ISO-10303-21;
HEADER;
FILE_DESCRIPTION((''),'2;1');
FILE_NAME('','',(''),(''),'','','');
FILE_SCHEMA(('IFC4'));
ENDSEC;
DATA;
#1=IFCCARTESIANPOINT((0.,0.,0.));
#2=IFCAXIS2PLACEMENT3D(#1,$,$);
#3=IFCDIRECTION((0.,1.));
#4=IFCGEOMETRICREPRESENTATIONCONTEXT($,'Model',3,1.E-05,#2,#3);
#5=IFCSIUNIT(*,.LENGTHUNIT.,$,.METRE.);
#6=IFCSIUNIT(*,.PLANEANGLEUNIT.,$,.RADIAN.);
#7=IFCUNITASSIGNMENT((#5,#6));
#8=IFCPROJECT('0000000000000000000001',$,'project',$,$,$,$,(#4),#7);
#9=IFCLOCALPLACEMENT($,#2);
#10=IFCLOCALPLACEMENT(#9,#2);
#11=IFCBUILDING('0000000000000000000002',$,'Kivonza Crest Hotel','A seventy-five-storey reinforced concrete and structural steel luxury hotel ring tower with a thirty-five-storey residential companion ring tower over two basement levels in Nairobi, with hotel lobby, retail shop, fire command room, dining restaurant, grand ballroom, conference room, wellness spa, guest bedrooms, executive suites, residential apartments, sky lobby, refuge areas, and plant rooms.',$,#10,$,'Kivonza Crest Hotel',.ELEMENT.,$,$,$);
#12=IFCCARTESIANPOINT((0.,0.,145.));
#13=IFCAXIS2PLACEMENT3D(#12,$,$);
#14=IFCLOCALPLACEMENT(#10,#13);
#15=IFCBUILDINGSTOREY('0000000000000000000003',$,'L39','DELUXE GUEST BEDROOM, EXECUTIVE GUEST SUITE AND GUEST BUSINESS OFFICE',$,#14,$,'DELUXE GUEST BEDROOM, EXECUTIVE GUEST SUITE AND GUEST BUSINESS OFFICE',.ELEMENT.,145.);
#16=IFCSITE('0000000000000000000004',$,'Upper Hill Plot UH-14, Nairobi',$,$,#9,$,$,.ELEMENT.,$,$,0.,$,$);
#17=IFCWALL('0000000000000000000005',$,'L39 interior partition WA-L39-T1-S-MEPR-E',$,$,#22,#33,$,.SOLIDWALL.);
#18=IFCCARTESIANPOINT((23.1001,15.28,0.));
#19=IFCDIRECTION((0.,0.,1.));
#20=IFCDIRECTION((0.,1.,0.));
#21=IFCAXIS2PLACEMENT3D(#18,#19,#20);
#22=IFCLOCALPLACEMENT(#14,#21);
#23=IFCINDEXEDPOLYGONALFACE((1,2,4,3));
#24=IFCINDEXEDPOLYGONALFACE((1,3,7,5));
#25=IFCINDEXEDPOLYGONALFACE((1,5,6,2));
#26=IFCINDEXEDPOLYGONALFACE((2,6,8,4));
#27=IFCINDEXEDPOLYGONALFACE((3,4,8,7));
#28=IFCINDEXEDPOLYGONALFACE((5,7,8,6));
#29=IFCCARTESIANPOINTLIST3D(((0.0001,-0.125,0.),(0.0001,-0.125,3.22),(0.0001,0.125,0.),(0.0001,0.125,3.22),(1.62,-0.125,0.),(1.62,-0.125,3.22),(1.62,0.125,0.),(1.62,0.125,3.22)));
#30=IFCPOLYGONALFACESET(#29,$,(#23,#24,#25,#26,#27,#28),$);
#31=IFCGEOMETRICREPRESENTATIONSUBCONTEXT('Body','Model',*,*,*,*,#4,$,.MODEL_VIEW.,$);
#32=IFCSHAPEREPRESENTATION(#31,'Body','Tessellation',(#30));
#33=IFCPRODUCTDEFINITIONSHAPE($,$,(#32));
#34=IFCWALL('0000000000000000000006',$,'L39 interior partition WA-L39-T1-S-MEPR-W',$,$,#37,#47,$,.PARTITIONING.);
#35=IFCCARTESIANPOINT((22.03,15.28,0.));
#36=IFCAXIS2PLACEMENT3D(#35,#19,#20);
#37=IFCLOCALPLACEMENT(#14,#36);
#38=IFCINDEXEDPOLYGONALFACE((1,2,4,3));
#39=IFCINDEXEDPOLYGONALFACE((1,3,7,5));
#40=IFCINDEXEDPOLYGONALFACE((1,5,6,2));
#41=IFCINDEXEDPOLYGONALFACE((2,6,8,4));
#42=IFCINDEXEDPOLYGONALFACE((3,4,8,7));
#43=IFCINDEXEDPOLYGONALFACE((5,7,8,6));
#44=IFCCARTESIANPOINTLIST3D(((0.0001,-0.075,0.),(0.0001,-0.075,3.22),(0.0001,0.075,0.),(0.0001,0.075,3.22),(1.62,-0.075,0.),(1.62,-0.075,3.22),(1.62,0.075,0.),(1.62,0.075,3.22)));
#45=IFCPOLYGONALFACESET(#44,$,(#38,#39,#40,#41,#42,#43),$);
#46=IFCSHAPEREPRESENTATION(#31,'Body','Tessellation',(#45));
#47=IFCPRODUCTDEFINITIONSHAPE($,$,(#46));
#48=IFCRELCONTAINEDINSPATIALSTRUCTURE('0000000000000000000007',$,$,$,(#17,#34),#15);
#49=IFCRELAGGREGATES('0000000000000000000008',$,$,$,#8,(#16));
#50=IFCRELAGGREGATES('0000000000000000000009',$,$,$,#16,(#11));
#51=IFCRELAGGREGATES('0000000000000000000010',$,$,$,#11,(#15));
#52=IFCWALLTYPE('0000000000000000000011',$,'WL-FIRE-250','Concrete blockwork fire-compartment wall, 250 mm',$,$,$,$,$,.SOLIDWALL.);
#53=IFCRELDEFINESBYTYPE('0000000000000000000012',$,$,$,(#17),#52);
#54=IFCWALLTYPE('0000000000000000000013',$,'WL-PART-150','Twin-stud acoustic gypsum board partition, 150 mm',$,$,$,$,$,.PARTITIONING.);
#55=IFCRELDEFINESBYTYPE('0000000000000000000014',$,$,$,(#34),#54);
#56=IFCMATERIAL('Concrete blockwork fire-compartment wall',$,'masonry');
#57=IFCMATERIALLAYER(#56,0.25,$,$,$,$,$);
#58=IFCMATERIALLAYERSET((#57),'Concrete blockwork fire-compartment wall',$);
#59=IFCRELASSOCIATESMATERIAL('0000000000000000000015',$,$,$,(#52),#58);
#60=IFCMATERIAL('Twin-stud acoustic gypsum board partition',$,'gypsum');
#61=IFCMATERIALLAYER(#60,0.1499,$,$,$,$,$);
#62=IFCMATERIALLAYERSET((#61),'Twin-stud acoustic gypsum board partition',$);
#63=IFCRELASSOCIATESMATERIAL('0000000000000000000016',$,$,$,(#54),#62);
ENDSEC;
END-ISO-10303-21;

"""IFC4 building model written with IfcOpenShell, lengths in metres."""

from ifc_helpers import new_model, si_unit, direction, frame, frame_2d, origin, place, context, subcontext, project, spatial, rectangle, extrude, material, layer, layer_set, type_object, element, save


model = new_model("IFC4")

# Units and contexts
model_context = context("Model", 3, precision=1e-05, world=origin(), true_north=direction((0.0, 1.0)))
body_context = subcontext(model_context, "Body", "Model", "MODEL_VIEW")
ifc_project = project(units=[si_unit("LENGTHUNIT", "METRE"), si_unit("PLANEANGLEUNIT", "RADIAN")], contexts=[model_context])

# Site, building, storey
site_placement = place(None, origin())
site = spatial("IfcSite", under=ifc_project, at=site_placement, Name="Upper Hill Plot UH-14, Nairobi", CompositionType="ELEMENT", RefElevation=0.0)
building_placement = place(site_placement, origin())
building = spatial("IfcBuilding", under=site, at=building_placement, Name="Kivonza Crest Hotel", Description="A seventy-five-storey reinforced concrete and structural steel luxury hotel ring tower with a thirty-five-storey residential companion ring tower over two basement levels in Nairobi, with hotel lobby, retail shop, fire command room, dining restaurant, grand ballroom, conference room, wellness spa, guest bedrooms, executive suites, residential apartments, sky lobby, refuge areas, and plant rooms.", LongName="Kivonza Crest Hotel", CompositionType="ELEMENT")
storey_placement = place(building_placement, frame((0.0, 0.0, 145.0)))
storey = spatial("IfcBuildingStorey", under=building, at=storey_placement, Name="L39", Description="DELUXE GUEST BEDROOM, EXECUTIVE GUEST SUITE AND GUEST BUSINESS OFFICE", LongName="DELUXE GUEST BEDROOM, EXECUTIVE GUEST SUITE AND GUEST BUSINESS OFFICE", CompositionType="ELEMENT", Elevation=145.0)

# Walls
ifc_material_1 = material(Name="Concrete blockwork fire-compartment wall", Category="masonry")
ifc_layer_1 = layer(ifc_material_1, 0.25)
ifc_layer_set_1 = layer_set([ifc_layer_1], Name="Concrete blockwork fire-compartment wall")
wall_type_1 = type_object("IfcWallType", Name="WL-FIRE-250", Description="Concrete blockwork fire-compartment wall, 250 mm", PredefinedType="SOLIDWALL", material=ifc_layer_set_1)
wall_1_placement = place(storey_placement, frame((23.1001, 15.28, 0.0), z_axis=(0.0, 0.0, 1.0), x_axis=(0.0, 1.0, 0.0)))
element("IfcWall", 1, at=wall_1_placement, inside=storey, type_object=wall_type_1, Name="L39 interior partition WA-L39-T1-S-MEPR-E", PredefinedType="SOLIDWALL", context=body_context, shape_type="SweptSolid", body=[
    extrude(rectangle(XDim=1.6199, YDim=0.25, at=frame_2d((0.8101, 0.0))), origin(), (0.0, 0.0, 1.0), 3.22),
])
ifc_material_2 = material(Name="Twin-stud acoustic gypsum board partition", Category="gypsum")
ifc_layer_2 = layer(ifc_material_2, 0.1499)
ifc_layer_set_2 = layer_set([ifc_layer_2], Name="Twin-stud acoustic gypsum board partition")
wall_type_2 = type_object("IfcWallType", Name="WL-PART-150", Description="Twin-stud acoustic gypsum board partition, 150 mm", PredefinedType="PARTITIONING", material=ifc_layer_set_2)
wall_2_placement = place(storey_placement, frame((22.03, 15.28, 0.0), z_axis=(0.0, 0.0, 1.0), x_axis=(0.0, 1.0, 0.0)))
element("IfcWall", 2, at=wall_2_placement, inside=storey, type_object=wall_type_2, Name="L39 interior partition WA-L39-T1-S-MEPR-W", PredefinedType="PARTITIONING", context=body_context, shape_type="SweptSolid", body=[
    extrude(rectangle(XDim=1.6199, YDim=0.1499, at=frame_2d((0.8101, 0.0))), origin(), (0.0, 0.0, 1.0), 3.22),
])

save(model, "model.ifc")
